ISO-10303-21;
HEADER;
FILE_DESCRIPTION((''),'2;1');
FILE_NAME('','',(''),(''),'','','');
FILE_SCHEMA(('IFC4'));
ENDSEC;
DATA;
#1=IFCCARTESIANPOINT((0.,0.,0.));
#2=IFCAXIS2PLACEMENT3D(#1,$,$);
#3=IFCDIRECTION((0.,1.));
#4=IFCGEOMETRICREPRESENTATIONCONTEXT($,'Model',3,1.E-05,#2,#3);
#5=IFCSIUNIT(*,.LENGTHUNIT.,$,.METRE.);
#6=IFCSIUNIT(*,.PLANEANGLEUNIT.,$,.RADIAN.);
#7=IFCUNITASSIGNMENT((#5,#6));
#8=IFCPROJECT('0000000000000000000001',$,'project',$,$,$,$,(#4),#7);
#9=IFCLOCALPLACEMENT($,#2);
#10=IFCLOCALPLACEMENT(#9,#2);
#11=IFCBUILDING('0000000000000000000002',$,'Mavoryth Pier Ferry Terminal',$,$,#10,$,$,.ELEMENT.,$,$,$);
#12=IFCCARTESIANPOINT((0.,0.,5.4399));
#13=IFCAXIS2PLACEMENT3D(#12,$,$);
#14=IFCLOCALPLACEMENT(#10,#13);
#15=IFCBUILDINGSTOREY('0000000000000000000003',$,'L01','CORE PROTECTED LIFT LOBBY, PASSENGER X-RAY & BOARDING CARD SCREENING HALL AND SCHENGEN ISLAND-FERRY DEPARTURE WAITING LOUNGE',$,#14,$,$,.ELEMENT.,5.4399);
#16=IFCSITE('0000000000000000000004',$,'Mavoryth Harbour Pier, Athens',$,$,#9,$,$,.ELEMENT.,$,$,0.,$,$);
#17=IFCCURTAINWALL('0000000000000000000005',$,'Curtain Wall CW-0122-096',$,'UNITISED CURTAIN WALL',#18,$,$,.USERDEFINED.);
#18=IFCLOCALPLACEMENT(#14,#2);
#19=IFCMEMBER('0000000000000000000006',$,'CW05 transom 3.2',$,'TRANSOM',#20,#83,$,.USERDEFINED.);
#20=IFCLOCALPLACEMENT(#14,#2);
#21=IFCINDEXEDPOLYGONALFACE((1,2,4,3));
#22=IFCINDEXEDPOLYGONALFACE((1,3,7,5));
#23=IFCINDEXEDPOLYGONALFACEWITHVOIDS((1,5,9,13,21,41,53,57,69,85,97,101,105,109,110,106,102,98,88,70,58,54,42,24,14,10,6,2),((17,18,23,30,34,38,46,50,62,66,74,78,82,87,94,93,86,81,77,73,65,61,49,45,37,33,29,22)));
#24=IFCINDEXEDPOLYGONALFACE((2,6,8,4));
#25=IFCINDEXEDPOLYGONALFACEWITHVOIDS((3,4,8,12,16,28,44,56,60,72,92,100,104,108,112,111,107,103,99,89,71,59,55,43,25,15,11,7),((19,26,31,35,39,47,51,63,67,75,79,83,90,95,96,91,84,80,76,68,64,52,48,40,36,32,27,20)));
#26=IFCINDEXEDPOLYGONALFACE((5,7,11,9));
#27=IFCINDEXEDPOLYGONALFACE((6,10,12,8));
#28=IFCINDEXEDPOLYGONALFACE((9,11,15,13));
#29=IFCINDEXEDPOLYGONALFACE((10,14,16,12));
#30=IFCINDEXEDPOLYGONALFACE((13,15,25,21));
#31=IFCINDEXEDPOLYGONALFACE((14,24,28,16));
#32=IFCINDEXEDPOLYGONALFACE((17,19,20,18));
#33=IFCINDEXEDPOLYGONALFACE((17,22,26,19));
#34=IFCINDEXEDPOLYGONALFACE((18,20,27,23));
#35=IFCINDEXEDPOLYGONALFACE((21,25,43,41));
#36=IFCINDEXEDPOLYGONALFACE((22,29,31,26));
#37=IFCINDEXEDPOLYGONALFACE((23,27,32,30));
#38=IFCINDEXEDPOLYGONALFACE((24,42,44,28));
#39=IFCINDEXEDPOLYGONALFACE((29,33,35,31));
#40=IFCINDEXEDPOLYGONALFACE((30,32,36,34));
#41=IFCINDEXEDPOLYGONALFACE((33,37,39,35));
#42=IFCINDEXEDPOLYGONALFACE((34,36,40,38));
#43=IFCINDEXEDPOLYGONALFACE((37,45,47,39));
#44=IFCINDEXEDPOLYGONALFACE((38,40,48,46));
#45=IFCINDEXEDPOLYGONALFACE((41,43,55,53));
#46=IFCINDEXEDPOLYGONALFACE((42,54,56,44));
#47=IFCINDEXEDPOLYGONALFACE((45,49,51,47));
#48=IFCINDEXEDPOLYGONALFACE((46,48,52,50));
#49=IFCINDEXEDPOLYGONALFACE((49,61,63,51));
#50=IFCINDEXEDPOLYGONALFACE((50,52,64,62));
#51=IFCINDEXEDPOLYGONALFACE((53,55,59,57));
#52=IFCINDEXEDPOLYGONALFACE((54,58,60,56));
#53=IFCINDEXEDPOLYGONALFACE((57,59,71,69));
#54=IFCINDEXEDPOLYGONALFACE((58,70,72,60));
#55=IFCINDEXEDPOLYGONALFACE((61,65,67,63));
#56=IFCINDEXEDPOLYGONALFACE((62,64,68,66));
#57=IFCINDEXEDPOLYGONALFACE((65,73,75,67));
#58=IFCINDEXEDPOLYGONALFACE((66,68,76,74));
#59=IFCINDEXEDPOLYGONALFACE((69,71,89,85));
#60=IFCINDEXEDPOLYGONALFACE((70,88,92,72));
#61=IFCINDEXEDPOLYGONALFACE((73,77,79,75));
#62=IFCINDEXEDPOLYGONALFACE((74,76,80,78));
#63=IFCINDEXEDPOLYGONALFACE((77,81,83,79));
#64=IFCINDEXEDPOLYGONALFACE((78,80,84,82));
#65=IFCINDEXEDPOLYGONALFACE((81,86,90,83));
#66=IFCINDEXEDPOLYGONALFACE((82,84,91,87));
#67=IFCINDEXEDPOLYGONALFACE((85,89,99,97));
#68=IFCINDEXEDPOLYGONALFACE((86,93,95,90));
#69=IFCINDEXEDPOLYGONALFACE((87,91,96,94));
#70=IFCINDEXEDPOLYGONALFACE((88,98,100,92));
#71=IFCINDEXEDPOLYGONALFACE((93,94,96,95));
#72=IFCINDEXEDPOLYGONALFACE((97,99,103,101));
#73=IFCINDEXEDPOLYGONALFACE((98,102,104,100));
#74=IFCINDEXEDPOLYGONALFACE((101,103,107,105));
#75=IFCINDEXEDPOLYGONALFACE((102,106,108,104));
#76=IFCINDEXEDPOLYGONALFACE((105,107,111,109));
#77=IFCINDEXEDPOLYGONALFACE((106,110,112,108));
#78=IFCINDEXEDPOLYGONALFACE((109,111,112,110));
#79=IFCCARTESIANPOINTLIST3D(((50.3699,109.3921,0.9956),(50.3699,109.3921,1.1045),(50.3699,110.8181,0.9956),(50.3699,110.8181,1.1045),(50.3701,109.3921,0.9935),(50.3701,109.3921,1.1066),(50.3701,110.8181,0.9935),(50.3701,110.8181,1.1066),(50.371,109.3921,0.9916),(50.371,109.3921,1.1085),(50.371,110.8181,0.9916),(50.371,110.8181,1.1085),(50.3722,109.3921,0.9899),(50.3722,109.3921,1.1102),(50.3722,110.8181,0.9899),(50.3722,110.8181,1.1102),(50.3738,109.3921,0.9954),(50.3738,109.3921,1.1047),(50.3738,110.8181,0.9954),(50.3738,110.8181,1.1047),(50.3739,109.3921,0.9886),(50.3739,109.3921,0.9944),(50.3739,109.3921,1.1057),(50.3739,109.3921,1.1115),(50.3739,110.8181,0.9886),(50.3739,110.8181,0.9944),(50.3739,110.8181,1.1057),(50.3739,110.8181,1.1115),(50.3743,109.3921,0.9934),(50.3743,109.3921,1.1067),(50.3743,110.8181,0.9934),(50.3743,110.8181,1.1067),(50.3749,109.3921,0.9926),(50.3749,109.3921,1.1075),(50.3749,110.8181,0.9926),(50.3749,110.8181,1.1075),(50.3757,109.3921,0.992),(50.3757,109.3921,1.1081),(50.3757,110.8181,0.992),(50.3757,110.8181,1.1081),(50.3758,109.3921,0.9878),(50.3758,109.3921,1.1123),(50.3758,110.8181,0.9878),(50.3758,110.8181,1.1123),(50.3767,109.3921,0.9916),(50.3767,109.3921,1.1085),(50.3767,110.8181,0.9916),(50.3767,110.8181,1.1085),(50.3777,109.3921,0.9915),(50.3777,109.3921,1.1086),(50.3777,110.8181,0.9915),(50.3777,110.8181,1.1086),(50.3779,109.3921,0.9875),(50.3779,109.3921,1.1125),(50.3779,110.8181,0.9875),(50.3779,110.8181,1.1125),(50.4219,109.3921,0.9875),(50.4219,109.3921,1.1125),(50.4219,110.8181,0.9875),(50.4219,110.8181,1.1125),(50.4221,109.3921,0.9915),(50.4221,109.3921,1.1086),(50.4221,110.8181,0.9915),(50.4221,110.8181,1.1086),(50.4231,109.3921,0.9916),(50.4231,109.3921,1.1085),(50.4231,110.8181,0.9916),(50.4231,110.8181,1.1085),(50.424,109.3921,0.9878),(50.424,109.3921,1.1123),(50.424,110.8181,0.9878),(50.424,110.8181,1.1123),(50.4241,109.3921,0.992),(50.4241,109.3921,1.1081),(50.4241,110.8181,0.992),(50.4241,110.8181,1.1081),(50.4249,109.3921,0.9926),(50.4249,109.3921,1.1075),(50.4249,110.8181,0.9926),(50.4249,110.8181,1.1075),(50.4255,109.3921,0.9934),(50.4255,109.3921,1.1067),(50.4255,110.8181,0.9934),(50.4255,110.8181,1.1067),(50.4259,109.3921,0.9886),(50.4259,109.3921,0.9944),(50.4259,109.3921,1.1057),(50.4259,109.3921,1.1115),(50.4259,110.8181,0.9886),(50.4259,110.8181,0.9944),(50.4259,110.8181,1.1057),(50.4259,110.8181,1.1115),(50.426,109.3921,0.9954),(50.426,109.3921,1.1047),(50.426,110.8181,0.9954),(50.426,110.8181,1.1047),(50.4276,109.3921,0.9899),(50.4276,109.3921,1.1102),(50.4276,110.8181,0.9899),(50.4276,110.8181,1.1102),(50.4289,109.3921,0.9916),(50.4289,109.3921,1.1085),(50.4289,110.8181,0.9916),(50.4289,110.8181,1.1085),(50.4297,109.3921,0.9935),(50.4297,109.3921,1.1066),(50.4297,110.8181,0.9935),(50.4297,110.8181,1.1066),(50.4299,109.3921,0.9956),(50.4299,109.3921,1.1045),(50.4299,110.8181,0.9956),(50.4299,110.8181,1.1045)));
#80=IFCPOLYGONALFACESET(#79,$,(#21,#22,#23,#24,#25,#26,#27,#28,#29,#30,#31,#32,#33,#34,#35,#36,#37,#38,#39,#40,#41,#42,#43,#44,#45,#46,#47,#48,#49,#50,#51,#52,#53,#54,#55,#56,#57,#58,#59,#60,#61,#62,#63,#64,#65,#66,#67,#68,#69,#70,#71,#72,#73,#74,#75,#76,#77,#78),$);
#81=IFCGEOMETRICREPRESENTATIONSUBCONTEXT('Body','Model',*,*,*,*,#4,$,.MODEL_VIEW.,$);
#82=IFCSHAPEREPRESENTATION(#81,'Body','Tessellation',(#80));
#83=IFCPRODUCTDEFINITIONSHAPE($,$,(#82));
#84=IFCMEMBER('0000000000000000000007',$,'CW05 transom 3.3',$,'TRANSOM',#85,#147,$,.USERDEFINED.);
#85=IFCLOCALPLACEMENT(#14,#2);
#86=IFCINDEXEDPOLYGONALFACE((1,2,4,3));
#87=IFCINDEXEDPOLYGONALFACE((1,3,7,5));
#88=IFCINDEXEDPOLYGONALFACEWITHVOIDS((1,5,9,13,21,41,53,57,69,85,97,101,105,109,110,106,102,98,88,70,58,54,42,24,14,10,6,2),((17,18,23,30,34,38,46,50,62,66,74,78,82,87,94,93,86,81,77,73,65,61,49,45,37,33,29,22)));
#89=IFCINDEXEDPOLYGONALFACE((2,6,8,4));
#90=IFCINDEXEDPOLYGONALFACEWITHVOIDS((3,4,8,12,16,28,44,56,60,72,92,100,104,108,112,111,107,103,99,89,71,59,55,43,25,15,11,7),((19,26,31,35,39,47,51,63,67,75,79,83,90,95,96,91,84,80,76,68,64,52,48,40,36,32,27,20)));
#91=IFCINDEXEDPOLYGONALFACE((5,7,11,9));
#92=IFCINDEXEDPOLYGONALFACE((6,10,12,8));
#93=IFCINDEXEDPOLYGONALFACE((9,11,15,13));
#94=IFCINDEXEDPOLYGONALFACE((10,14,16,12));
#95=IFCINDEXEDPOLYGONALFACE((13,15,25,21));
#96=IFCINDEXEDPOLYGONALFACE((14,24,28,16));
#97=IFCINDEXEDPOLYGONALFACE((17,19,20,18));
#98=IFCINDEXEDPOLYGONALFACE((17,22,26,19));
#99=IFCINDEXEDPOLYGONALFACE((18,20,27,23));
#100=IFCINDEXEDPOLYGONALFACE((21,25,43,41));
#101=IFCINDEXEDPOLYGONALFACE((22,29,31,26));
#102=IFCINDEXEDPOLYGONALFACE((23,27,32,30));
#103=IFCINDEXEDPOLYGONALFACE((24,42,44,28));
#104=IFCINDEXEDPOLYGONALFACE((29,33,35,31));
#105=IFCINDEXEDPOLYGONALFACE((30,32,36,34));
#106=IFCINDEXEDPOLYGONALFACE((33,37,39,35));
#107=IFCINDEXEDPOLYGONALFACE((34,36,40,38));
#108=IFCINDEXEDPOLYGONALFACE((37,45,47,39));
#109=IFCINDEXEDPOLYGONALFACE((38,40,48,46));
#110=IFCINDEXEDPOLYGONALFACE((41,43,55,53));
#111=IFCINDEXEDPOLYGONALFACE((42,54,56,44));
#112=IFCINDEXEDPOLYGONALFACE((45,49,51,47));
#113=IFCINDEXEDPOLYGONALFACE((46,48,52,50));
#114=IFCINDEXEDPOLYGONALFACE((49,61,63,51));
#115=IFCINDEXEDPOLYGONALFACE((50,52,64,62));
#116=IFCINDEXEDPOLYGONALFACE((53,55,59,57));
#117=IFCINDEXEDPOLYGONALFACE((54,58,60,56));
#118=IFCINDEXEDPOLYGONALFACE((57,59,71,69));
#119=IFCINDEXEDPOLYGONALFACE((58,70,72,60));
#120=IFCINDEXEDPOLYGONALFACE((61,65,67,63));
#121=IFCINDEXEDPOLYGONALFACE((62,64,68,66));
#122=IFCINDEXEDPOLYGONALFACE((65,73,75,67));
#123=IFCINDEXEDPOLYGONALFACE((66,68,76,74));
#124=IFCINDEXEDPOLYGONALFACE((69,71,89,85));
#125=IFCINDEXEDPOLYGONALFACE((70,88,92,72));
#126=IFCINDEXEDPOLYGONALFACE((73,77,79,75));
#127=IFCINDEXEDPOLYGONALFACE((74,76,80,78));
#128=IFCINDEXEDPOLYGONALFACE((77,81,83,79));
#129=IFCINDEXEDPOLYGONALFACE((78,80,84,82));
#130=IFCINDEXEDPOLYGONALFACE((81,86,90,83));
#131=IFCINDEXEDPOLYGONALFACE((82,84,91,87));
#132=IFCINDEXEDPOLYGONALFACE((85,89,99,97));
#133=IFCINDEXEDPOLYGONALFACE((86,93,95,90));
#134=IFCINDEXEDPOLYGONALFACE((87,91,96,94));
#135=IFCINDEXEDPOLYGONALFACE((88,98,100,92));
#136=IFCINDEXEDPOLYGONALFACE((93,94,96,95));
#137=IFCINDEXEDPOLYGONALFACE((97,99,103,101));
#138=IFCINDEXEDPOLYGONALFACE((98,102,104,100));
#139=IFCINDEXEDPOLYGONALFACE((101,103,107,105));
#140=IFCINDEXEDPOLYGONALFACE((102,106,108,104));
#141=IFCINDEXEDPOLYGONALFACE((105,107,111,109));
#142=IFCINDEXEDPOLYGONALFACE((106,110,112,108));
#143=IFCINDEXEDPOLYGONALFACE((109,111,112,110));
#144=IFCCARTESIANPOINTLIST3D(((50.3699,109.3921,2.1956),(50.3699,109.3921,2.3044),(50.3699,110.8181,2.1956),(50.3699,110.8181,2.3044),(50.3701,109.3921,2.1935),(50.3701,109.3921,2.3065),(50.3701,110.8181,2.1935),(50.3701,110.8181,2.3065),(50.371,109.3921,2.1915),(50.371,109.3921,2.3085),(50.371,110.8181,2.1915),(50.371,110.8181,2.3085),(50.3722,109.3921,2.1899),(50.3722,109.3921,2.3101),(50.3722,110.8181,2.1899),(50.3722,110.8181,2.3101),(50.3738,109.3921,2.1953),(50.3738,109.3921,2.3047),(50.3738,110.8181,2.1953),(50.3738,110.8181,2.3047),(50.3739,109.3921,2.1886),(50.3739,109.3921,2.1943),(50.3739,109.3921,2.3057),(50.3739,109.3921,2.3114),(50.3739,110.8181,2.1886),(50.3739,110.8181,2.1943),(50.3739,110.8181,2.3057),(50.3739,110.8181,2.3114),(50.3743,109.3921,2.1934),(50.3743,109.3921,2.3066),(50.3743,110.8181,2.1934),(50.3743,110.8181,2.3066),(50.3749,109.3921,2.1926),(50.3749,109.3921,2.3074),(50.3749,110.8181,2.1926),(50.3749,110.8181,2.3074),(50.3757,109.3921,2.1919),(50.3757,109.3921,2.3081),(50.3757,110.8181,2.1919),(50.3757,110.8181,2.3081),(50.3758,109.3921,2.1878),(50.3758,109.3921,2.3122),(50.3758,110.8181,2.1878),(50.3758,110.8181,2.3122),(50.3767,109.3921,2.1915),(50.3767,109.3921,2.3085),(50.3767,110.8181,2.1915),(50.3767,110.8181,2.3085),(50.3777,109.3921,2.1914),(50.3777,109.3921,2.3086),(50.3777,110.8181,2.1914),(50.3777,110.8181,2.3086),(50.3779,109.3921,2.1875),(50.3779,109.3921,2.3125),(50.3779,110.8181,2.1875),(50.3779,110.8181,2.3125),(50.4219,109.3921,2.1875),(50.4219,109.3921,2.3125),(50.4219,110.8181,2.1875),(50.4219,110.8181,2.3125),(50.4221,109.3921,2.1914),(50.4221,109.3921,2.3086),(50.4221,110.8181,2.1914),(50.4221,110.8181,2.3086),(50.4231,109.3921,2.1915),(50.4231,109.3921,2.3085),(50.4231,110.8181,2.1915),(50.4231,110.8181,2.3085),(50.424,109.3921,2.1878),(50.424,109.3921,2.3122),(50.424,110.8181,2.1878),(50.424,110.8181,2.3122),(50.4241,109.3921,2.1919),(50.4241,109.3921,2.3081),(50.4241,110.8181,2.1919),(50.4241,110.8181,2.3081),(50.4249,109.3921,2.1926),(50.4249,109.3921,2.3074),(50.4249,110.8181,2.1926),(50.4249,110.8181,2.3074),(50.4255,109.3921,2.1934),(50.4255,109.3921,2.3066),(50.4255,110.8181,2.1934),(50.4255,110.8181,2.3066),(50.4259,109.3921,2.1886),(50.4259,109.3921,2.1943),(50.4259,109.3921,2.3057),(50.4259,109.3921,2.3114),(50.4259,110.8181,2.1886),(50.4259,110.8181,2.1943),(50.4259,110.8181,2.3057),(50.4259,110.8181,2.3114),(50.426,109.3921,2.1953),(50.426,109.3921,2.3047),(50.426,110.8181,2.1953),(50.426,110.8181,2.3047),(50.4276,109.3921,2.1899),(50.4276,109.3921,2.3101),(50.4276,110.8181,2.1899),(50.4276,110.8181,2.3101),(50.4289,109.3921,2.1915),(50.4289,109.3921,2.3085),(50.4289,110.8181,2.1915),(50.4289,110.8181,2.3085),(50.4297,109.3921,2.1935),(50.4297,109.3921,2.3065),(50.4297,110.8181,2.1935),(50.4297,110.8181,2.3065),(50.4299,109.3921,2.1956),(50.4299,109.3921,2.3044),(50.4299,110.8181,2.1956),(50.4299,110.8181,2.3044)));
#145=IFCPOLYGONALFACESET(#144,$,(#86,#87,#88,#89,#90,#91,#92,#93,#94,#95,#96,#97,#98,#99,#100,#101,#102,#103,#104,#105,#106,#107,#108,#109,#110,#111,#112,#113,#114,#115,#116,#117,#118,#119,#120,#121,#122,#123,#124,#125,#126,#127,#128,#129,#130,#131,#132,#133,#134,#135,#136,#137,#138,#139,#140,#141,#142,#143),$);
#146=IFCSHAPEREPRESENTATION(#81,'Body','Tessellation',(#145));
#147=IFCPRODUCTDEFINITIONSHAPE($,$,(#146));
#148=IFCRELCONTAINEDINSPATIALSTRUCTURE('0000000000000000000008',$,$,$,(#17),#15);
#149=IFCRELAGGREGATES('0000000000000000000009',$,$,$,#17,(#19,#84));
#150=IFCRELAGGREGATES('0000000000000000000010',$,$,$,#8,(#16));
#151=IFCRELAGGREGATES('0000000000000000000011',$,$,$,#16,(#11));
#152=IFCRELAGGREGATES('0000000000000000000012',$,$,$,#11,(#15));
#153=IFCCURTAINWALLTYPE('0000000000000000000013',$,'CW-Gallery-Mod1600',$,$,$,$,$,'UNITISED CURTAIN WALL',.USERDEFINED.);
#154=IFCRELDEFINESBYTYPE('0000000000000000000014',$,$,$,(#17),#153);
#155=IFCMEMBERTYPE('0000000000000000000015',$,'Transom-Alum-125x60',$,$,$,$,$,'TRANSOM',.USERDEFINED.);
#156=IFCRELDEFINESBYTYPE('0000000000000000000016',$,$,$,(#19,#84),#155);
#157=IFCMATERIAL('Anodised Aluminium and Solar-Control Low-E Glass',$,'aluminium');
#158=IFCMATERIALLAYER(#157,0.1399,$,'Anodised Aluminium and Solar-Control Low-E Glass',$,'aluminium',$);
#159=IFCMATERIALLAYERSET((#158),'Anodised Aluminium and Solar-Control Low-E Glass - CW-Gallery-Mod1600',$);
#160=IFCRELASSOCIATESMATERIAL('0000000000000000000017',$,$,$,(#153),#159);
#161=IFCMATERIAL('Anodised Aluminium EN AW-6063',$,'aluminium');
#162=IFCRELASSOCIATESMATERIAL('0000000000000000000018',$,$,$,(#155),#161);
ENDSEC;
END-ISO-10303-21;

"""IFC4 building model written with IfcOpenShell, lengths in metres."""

from ifc_helpers import new_model, si_unit, direction, frame, origin, origin_2d, place, context, subcontext, project, spatial, hollow_rectangle, extrude, material, layer, layer_set, material_profile, profile_set, type_object, element, aggregate, save


model = new_model("IFC4")

# Units and contexts
model_context = context("Model", 3, precision=1e-05, world=origin(), true_north=direction((0.0, 1.0)))
body_context = subcontext(model_context, "Body", "Model", "MODEL_VIEW")
ifc_project = project(units=[si_unit("LENGTHUNIT", "METRE"), si_unit("PLANEANGLEUNIT", "RADIAN")], contexts=[model_context])

# Site, building, storey
site_placement = place(None, origin())
site = spatial("IfcSite", under=ifc_project, at=site_placement, Name="Mavoryth Harbour Pier, Athens", CompositionType="ELEMENT", RefElevation=0.0)
building_placement = place(site_placement, origin())
building = spatial("IfcBuilding", under=site, at=building_placement, Name="Mavoryth Pier Ferry Terminal", CompositionType="ELEMENT")
storey_placement = place(building_placement, frame((0.0, 0.0, 5.4399)))
storey = spatial("IfcBuildingStorey", under=building, at=storey_placement, Name="L01", Description="CORE PROTECTED LIFT LOBBY, PASSENGER X-RAY & BOARDING CARD SCREENING HALL AND SCHENGEN ISLAND-FERRY DEPARTURE WAITING LOUNGE", CompositionType="ELEMENT", Elevation=5.4399)

# Curtain wall
ifc_material_1 = material(Name="Anodised Aluminium and Solar-Control Low-E Glass", Category="aluminium")
ifc_layer_1 = layer(ifc_material_1, 0.1399, Name="Anodised Aluminium and Solar-Control Low-E Glass", Category="aluminium")
ifc_layer_set_1 = layer_set([ifc_layer_1], Name="Anodised Aluminium and Solar-Control Low-E Glass - CW-Gallery-Mod1600")
curtain_wall_type = type_object("IfcCurtainWallType", Name="CW-Gallery-Mod1600", ElementType="UNITISED CURTAIN WALL", PredefinedType="USERDEFINED", material=ifc_layer_set_1)
curtain_wall_placement = place(storey_placement, origin())
curtain_wall = element("IfcCurtainWall", 1, at=curtain_wall_placement, inside=storey, type_object=curtain_wall_type, Name="Curtain Wall CW-0122-096", ObjectType="UNITISED CURTAIN WALL", PredefinedType="USERDEFINED")
ifc_material_2 = material(Name="Anodised Aluminium EN AW-6063", Category="aluminium")

# Members
ifc_material_profile_1 = material_profile(ifc_material_2, hollow_rectangle(XDim=0.0601, YDim=0.125, WallThickness=0.0039, InnerFilletRadius=0.0039, OuterFilletRadius=0.0081, at=origin_2d()), Name="AL-TRAN 125x60x4", Category="aluminium")
ifc_profile_set_1 = profile_set([ifc_material_profile_1], Name="Anodised Aluminium EN AW-6063 - AL-TRAN 125x60x4")
member_type_1 = type_object("IfcMemberType", Name="Transom-Alum-125x60", ElementType="TRANSOM", PredefinedType="USERDEFINED", material=ifc_profile_set_1)
member_1_placement = place(storey_placement, frame((50.3999, 110.8181, 1.05), z_axis=(0.0, -1.0, 0.0), x_axis=(1.0, 0.0, 0.0)))
member_1 = element("IfcMember", 2, at=member_1_placement, type_object=member_type_1, Name="CW05 transom 3.2", ObjectType="TRANSOM", PredefinedType="USERDEFINED", context=body_context, shape_type="SweptSolid", body=[
    extrude(hollow_rectangle(XDim=0.0601, YDim=0.125, WallThickness=0.0039, InnerFilletRadius=0.0039, OuterFilletRadius=0.0081, at=origin_2d()), origin(), (0.0, 0.0, 1.0), 1.426),
])
member_2_placement = place(storey_placement, frame((50.3999, 110.8181, 2.25), z_axis=(0.0, -1.0, 0.0), x_axis=(1.0, 0.0, 0.0)))
member_2 = element("IfcMember", 3, at=member_2_placement, type_object=member_type_1, Name="CW05 transom 3.3", ObjectType="TRANSOM", PredefinedType="USERDEFINED", context=body_context, shape_type="SweptSolid", body=[
    extrude(hollow_rectangle(XDim=0.0601, YDim=0.125, WallThickness=0.0039, InnerFilletRadius=0.0039, OuterFilletRadius=0.0081, at=origin_2d()), origin(), (0.0, 0.0, 1.0), 1.426),
])

aggregate(curtain_wall, [member_1, member_2])

save(model, "model.ifc")
